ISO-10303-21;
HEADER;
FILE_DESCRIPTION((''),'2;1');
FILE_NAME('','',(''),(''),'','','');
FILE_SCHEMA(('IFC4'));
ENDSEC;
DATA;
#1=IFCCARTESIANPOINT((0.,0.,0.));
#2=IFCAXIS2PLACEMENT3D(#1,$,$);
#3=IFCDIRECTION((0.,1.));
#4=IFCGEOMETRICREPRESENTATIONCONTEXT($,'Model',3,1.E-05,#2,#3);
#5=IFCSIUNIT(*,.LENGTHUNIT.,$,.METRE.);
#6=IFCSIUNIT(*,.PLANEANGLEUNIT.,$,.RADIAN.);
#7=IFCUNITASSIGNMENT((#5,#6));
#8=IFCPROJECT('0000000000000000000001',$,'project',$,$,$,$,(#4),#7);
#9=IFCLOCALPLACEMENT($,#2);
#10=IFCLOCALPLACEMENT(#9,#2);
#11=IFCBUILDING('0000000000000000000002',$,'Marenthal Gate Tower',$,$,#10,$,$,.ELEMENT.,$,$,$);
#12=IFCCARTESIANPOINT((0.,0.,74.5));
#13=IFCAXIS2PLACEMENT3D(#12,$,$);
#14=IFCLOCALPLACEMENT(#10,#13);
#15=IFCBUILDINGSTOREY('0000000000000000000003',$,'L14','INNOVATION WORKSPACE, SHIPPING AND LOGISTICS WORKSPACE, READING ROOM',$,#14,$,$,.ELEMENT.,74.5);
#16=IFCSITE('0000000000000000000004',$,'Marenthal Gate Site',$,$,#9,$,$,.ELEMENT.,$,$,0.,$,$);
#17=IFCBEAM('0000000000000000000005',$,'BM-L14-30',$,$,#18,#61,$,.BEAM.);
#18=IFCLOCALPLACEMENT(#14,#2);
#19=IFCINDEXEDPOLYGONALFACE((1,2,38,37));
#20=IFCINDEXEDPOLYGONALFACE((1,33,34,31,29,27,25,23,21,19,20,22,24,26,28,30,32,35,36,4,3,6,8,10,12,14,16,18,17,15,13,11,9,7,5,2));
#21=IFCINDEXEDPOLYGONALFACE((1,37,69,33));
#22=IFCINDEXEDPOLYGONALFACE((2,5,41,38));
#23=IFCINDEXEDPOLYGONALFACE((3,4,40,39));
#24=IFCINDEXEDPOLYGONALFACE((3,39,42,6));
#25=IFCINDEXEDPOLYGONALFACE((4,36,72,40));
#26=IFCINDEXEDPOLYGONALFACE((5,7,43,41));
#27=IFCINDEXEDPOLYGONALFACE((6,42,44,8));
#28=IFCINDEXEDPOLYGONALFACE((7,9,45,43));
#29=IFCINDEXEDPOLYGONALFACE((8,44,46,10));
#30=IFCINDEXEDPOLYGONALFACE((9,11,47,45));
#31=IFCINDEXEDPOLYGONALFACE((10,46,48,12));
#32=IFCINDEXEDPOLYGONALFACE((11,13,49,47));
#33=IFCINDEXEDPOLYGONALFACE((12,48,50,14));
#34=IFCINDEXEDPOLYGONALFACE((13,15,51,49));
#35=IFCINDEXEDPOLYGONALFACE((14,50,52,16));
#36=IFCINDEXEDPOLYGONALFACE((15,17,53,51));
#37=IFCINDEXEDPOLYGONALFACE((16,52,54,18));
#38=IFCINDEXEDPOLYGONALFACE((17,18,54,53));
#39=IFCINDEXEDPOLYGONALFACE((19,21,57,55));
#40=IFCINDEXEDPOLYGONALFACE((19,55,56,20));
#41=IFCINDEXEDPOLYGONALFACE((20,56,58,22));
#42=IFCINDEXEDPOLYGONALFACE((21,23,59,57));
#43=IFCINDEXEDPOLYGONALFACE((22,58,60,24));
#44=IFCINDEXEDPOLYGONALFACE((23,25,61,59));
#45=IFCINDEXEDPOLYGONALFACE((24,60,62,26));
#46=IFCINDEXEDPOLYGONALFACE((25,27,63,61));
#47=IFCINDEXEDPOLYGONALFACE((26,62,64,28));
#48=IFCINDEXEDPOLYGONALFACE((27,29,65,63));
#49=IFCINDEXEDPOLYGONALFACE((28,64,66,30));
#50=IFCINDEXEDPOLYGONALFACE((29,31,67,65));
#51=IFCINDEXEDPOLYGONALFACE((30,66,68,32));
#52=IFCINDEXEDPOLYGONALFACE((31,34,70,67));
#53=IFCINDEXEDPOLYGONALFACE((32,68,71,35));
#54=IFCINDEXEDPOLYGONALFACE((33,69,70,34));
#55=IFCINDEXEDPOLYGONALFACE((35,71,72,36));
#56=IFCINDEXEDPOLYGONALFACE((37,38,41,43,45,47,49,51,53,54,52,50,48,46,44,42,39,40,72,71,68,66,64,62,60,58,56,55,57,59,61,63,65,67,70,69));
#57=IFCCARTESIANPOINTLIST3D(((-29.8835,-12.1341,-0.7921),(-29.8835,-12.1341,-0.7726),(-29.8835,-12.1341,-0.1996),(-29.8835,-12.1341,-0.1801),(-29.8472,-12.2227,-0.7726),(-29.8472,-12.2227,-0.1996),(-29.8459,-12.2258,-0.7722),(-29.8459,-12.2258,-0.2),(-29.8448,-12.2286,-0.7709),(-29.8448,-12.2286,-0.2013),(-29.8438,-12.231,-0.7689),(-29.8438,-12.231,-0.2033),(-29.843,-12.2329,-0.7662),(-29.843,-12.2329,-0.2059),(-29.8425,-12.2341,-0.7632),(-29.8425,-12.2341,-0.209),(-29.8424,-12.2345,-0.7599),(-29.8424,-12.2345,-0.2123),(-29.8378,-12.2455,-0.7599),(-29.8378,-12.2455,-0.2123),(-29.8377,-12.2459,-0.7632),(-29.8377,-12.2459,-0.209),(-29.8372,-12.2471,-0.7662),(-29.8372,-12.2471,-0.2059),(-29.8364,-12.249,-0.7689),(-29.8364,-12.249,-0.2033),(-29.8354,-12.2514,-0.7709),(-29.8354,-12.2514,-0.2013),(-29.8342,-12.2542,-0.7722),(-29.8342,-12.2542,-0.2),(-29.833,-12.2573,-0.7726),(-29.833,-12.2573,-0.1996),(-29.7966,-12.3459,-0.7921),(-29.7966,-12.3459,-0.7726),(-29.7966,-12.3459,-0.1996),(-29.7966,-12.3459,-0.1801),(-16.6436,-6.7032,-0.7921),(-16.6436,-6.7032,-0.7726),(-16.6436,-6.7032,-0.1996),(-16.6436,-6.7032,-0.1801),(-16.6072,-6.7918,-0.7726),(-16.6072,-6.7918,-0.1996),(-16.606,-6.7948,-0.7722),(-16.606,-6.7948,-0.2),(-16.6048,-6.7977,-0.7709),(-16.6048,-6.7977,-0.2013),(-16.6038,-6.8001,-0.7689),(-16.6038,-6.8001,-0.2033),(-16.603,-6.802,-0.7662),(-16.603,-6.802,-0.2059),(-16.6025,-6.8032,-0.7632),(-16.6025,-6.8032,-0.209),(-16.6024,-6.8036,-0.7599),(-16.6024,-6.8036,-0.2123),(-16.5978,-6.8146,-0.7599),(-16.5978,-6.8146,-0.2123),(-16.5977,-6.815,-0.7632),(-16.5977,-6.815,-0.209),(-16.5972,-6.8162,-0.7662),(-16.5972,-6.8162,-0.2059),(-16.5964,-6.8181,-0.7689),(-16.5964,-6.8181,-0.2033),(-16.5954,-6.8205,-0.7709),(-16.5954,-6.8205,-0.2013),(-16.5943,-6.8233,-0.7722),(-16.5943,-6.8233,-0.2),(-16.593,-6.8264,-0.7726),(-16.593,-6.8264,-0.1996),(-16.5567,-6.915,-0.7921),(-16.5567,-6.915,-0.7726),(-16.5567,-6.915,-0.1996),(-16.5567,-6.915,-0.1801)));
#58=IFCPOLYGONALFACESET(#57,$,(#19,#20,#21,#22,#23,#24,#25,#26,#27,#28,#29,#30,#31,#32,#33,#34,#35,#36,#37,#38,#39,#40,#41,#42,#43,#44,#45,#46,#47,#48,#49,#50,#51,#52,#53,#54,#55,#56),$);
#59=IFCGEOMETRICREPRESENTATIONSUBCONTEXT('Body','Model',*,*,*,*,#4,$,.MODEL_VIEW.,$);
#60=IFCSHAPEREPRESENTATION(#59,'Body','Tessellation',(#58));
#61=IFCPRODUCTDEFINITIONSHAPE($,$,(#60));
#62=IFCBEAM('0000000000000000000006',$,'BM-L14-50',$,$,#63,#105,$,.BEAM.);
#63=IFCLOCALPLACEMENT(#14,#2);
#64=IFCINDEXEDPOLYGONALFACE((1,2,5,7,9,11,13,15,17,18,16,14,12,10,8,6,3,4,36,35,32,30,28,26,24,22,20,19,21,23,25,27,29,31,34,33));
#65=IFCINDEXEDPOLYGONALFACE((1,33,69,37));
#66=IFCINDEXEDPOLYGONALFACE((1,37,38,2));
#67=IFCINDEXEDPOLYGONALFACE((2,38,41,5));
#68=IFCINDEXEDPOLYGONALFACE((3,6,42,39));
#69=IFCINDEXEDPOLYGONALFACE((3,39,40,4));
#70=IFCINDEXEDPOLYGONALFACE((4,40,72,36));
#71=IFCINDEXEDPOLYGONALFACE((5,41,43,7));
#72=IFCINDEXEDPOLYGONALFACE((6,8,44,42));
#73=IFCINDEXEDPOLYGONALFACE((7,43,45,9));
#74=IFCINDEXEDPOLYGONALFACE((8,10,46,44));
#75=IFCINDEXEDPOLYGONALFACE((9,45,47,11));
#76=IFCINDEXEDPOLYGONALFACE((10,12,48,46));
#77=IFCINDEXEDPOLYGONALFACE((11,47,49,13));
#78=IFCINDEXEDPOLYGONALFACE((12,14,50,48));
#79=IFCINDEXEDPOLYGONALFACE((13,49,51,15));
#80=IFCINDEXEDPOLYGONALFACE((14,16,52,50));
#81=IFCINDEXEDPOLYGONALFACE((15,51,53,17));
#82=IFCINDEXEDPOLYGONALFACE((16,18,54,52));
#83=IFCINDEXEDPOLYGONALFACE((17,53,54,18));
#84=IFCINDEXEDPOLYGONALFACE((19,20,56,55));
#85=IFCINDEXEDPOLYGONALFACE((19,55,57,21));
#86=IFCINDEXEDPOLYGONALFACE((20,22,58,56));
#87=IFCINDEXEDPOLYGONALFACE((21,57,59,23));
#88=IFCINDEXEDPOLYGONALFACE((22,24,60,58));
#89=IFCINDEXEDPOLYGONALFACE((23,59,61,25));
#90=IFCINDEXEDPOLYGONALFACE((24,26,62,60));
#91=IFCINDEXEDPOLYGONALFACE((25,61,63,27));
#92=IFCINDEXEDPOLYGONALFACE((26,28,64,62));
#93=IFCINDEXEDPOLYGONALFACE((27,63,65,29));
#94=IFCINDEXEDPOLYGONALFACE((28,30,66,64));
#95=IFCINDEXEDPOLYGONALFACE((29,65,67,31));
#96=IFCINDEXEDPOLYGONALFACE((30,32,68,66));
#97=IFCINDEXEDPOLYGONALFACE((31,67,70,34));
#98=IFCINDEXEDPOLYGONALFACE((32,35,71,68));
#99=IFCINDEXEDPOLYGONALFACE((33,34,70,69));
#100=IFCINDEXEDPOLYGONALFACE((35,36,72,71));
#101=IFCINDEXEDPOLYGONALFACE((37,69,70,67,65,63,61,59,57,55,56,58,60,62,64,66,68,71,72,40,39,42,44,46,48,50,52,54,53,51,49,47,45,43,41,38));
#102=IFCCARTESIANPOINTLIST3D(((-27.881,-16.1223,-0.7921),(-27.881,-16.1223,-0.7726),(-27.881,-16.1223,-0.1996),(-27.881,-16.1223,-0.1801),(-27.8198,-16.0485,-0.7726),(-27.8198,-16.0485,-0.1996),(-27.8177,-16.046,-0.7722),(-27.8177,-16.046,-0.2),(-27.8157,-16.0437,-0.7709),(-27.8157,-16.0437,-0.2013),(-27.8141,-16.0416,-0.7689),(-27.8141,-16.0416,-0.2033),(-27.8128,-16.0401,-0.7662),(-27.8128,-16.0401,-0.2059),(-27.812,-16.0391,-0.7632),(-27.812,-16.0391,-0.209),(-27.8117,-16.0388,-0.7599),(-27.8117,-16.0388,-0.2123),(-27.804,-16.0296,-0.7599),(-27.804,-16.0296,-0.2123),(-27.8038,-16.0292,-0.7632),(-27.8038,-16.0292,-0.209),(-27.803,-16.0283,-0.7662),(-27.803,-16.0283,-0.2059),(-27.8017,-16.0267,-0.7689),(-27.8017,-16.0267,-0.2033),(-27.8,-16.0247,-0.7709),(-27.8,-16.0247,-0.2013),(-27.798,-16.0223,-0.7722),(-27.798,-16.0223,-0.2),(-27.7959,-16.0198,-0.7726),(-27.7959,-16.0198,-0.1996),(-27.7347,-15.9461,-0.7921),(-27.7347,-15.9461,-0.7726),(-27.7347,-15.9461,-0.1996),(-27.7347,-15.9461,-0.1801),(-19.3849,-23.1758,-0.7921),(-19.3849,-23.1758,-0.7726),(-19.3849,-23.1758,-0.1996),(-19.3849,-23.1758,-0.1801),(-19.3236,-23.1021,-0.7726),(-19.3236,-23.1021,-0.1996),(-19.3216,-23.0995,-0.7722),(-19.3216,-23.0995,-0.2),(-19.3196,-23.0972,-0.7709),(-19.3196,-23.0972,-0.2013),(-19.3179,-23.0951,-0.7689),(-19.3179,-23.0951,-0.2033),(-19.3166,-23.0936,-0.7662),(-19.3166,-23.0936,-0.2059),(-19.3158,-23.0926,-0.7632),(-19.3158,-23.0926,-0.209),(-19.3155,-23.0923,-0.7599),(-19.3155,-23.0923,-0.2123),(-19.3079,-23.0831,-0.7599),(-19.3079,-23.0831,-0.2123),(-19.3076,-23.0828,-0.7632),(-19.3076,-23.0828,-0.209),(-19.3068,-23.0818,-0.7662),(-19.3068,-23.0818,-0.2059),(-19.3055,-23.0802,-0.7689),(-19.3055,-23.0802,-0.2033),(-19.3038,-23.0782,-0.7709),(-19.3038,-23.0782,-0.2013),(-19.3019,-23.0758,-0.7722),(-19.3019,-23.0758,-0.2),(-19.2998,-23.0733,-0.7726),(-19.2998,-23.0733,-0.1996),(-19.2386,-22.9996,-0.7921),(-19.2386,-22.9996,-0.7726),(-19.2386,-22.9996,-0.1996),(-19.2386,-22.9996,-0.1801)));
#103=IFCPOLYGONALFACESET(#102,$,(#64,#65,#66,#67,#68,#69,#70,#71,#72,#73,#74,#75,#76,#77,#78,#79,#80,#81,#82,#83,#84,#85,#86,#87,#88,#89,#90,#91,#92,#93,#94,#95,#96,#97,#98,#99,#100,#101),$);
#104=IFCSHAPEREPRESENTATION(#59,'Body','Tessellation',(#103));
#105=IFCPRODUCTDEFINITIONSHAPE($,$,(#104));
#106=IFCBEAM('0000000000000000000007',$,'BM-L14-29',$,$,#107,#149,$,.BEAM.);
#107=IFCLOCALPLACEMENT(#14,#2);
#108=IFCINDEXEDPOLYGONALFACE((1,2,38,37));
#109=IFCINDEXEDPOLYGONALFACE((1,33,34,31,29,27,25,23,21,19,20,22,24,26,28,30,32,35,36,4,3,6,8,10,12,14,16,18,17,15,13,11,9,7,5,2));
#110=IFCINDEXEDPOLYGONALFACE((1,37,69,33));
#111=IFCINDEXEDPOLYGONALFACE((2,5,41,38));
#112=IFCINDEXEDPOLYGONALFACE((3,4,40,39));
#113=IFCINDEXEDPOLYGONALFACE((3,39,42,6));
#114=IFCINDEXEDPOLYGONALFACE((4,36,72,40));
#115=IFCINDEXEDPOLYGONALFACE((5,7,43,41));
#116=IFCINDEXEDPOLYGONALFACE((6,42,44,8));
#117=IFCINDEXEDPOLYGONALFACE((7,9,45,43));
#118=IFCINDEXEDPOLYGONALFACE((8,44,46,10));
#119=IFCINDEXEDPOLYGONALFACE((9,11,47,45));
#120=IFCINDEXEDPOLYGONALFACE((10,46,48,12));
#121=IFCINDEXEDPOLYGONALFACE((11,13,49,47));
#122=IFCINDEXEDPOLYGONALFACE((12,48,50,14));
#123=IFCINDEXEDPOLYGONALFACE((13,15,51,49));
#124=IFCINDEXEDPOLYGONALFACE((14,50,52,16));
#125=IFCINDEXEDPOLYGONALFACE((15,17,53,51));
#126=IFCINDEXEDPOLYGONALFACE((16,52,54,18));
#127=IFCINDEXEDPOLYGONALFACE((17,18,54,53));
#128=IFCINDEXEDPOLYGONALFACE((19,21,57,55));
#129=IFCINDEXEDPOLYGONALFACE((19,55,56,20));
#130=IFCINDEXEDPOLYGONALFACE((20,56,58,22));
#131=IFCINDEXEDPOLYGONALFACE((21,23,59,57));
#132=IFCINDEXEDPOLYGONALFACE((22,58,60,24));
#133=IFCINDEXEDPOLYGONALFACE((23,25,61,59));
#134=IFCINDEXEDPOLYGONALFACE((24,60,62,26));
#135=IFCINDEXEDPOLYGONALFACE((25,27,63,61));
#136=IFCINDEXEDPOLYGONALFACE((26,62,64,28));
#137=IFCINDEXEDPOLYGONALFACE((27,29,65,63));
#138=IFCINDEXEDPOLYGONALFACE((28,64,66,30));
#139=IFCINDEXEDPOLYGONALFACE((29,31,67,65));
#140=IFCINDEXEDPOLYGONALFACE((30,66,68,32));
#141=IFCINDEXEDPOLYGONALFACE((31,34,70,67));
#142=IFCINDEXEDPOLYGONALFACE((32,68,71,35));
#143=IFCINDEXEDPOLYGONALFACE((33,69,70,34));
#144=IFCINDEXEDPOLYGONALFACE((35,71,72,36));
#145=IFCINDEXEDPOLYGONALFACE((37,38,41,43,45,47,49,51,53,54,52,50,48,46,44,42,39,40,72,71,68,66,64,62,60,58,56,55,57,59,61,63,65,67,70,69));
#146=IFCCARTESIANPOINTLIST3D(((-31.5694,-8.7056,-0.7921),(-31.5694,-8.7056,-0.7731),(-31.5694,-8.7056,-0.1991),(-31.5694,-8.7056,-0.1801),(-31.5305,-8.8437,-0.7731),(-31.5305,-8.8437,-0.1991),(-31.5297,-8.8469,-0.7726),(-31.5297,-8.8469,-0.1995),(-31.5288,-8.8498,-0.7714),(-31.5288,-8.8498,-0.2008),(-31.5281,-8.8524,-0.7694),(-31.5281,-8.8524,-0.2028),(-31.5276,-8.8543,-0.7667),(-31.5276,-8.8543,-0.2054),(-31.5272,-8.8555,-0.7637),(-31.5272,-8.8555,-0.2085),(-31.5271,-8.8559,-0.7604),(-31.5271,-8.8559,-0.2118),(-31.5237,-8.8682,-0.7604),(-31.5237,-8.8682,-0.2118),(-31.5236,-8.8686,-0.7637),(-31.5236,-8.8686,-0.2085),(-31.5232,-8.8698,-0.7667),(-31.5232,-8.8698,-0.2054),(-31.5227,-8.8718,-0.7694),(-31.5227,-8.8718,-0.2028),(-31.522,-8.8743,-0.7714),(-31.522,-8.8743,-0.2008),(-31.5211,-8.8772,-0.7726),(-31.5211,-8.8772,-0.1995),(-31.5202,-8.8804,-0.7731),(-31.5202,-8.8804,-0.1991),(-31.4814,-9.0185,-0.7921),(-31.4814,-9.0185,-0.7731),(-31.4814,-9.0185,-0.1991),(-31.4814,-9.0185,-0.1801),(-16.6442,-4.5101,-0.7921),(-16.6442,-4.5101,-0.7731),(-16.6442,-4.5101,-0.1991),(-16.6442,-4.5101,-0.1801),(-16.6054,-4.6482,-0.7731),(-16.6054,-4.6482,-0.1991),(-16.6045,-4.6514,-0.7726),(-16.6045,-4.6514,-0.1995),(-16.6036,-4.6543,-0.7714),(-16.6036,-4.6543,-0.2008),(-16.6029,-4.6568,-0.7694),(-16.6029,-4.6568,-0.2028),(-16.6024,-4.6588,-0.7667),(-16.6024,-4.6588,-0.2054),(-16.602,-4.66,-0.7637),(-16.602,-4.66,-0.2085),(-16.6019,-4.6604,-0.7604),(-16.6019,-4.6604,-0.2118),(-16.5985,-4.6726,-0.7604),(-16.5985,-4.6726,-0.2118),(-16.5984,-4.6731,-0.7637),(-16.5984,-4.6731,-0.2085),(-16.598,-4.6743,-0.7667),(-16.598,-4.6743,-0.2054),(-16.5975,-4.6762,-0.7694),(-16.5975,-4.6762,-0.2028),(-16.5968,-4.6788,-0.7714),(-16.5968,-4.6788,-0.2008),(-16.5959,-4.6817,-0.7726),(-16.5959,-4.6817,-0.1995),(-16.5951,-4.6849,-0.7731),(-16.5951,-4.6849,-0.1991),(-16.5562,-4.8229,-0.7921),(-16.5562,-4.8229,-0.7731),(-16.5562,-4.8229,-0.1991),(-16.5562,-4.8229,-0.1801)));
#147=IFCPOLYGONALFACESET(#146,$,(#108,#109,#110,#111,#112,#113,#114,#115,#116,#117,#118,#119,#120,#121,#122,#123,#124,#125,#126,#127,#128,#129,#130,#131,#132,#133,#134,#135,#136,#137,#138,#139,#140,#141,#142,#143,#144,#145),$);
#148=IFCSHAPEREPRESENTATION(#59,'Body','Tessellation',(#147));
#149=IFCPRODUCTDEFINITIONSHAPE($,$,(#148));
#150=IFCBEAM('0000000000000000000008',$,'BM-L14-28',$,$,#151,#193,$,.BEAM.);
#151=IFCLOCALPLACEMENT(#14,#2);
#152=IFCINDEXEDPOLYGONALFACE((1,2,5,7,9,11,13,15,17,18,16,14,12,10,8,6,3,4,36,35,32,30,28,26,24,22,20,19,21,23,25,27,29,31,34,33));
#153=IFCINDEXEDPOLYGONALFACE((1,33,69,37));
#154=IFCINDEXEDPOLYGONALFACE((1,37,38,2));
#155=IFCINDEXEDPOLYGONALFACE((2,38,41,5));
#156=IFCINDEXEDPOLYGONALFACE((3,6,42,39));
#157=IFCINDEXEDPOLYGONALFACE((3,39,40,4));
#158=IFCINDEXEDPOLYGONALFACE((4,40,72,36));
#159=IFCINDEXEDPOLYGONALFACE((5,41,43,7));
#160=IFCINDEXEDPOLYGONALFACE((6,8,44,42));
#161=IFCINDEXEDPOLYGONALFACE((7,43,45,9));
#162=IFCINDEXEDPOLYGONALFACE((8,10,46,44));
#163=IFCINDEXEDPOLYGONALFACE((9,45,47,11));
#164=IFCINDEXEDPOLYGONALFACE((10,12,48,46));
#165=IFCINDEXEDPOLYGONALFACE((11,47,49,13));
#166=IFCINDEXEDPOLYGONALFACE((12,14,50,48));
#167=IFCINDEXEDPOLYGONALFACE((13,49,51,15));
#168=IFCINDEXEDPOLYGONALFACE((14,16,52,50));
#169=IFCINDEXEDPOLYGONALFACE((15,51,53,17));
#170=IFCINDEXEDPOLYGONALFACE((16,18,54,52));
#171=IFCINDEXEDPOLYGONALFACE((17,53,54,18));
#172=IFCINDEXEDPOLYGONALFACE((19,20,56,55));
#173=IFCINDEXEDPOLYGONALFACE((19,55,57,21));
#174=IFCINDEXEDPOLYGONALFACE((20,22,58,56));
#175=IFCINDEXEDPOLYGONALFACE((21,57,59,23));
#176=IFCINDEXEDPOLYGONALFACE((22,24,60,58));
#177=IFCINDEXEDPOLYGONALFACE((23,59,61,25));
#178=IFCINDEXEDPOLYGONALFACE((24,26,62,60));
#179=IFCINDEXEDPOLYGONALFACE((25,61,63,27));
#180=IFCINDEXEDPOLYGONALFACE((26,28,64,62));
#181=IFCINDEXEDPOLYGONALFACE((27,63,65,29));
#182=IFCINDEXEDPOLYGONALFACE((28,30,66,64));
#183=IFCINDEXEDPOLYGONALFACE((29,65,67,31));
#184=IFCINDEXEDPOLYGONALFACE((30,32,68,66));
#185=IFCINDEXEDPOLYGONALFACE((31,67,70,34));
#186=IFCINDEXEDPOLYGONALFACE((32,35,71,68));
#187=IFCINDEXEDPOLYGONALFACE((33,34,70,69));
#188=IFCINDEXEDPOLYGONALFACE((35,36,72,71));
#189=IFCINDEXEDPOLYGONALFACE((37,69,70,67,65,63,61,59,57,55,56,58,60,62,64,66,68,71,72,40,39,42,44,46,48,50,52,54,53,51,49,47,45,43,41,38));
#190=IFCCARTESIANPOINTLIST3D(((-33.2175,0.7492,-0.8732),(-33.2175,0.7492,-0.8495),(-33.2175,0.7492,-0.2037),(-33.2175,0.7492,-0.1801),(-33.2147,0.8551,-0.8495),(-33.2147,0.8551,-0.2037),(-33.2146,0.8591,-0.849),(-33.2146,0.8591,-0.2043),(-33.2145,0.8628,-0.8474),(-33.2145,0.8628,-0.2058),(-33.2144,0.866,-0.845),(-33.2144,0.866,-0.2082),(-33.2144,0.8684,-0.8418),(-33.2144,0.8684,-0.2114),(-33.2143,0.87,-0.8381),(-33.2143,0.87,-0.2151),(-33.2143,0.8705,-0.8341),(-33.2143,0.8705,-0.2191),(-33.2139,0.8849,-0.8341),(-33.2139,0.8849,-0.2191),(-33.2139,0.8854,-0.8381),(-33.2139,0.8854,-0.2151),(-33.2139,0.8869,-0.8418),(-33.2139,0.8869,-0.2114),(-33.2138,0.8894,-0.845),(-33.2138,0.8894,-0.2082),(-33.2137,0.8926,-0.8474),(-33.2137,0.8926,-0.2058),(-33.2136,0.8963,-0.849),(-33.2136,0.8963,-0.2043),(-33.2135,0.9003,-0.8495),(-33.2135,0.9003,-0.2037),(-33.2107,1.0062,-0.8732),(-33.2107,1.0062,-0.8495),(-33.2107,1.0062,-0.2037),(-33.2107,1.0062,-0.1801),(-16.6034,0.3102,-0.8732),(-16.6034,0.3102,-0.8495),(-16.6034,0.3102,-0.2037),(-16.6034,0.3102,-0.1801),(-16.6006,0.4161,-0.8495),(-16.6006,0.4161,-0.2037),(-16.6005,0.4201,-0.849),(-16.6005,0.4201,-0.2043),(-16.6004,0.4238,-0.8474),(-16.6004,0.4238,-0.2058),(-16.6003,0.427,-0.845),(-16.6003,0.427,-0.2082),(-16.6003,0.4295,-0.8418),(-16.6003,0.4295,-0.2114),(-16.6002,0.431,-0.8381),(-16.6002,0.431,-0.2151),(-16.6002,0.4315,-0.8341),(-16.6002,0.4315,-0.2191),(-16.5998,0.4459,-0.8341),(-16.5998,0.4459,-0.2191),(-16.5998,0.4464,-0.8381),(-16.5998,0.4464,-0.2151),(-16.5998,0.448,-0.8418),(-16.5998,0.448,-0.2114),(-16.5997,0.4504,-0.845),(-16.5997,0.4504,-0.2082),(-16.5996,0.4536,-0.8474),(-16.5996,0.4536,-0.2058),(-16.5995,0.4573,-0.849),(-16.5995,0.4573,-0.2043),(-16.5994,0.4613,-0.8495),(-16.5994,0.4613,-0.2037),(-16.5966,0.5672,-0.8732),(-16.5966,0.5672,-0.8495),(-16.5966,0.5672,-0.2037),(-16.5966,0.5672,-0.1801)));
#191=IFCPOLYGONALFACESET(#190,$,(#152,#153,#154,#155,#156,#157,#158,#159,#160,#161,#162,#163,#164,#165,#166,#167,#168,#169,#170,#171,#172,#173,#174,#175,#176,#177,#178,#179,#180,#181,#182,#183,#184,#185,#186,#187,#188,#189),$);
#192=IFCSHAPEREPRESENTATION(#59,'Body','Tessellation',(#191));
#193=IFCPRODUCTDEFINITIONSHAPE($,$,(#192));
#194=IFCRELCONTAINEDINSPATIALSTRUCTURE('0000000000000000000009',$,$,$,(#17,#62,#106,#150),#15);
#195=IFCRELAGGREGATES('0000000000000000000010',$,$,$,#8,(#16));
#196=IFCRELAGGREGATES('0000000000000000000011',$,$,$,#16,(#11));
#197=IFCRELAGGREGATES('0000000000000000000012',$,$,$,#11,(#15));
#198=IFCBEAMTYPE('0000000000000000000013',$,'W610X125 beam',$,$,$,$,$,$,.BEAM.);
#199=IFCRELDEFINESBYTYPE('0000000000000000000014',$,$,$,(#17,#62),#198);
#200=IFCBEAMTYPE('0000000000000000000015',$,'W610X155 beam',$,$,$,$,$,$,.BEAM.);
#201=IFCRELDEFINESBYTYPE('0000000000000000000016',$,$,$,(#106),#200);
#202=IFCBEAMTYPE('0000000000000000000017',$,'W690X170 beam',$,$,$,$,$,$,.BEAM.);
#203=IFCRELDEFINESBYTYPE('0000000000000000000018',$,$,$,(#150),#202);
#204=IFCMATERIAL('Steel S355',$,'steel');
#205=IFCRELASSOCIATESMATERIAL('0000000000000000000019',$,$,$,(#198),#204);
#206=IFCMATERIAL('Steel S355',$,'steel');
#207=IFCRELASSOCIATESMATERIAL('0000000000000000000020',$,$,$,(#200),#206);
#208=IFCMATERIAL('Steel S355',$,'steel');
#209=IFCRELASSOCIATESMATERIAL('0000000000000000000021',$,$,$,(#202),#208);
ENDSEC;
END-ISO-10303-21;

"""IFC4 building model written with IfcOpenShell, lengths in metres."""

from ifc_helpers import new_model, si_unit, direction, frame, origin, origin_2d, place, context, subcontext, project, spatial, i_section, extrude, material, material_profile, profile_set, type_object, element, save


model = new_model("IFC4")

# Units and contexts
model_context = context("Model", 3, precision=1e-05, world=origin(), true_north=direction((0.0, 1.0)))
body_context = subcontext(model_context, "Body", "Model", "MODEL_VIEW")
ifc_project = project(units=[si_unit("LENGTHUNIT", "METRE"), si_unit("PLANEANGLEUNIT", "RADIAN")], contexts=[model_context])

# Site, building, storey
site_placement = place(None, origin())
site = spatial("IfcSite", under=ifc_project, at=site_placement, Name="Marenthal Gate Site", CompositionType="ELEMENT", RefElevation=0.0)
building_placement = place(site_placement, origin())
building = spatial("IfcBuilding", under=site, at=building_placement, Name="Marenthal Gate Tower", CompositionType="ELEMENT")
storey_placement = place(building_placement, frame((0.0, 0.0, 74.5)))
storey = spatial("IfcBuildingStorey", under=building, at=storey_placement, Name="L14", Description="INNOVATION WORKSPACE, SHIPPING AND LOGISTICS WORKSPACE, READING ROOM", CompositionType="ELEMENT", Elevation=74.5)

# Beams
ifc_material_1 = material(Name="Steel S355", Category="steel")
ifc_material_profile_1 = material_profile(ifc_material_1, i_section(OverallWidth=0.229, OverallDepth=0.6121, WebThickness=0.012, FlangeThickness=0.0195, FilletRadius=0.0127, at=origin_2d()), Name="W610X125")
ifc_profile_set_1 = profile_set([ifc_material_profile_1], Name="Steel S355")
beam_type_1 = type_object("IfcBeamType", Name="W610X125 beam", PredefinedType="BEAM", material=ifc_profile_set_1)
beam_1_placement = place(storey_placement, frame((-29.8401, -12.24, -0.4861), z_axis=(0.92519, 0.379504, 0.0), x_axis=(-0.379504, 0.92519, 0.0)))
element("IfcBeam", 1, at=beam_1_placement, inside=storey, type_object=beam_type_1, Name="BM-L14-30", PredefinedType="BEAM", context=body_context, shape_type="SweptSolid", body=[
    extrude(i_section(OverallWidth=0.229, OverallDepth=0.6121, WebThickness=0.012, FlangeThickness=0.0195, FilletRadius=0.0127, at=origin_2d()), origin(), (0.0, 0.0, 1.0), 14.3105),
])
beam_2_placement = place(storey_placement, frame((-27.8079, -16.0342, -0.4861), z_axis=(0.769405, -0.638761, 0.0), x_axis=(0.638761, 0.769405, 0.0)))
element("IfcBeam", 2, at=beam_2_placement, inside=storey, type_object=beam_type_1, Name="BM-L14-50", PredefinedType="BEAM", context=body_context, shape_type="SweptSolid", body=[
    extrude(i_section(OverallWidth=0.229, OverallDepth=0.6121, WebThickness=0.012, FlangeThickness=0.0195, FilletRadius=0.0127, at=origin_2d()), origin(), (0.0, 0.0, 1.0), 11.0425),
])
ifc_material_2 = material(Name="Steel S355", Category="steel")
ifc_material_profile_2 = material_profile(ifc_material_2, i_section(OverallWidth=0.325, OverallDepth=0.6121, WebThickness=0.0127, FlangeThickness=0.019, FilletRadius=0.0127, at=origin_2d()), Name="W610X155")
ifc_profile_set_2 = profile_set([ifc_material_profile_2], Name="Steel S355")
beam_type_2 = type_object("IfcBeamType", Name="W610X155 beam", PredefinedType="BEAM", material=ifc_profile_set_2)
beam_3_placement = place(storey_placement, frame((-31.5254, -8.8621, -0.4861), z_axis=(0.962688, 0.270615, 0.0), x_axis=(-0.270615, 0.962688, 0.0)))
element("IfcBeam", 3, at=beam_3_placement, inside=storey, type_object=beam_type_2, Name="BM-L14-29", PredefinedType="BEAM", context=body_context, shape_type="SweptSolid", body=[
    extrude(i_section(OverallWidth=0.325, OverallDepth=0.6121, WebThickness=0.0127, FlangeThickness=0.019, FilletRadius=0.0127, at=origin_2d()), origin(), (0.0, 0.0, 1.0), 15.5037),
])
ifc_material_3 = material(Name="Steel S355", Category="steel")
ifc_material_profile_3 = material_profile(ifc_material_3, i_section(OverallWidth=0.2571, OverallDepth=0.6931, WebThickness=0.0144, FlangeThickness=0.0237, FilletRadius=0.0154, at=origin_2d()), Name="W690X170")
ifc_profile_set_3 = profile_set([ifc_material_profile_3], Name="Steel S355")
beam_type_3 = type_object("IfcBeamType", Name="W690X170 beam", PredefinedType="BEAM", material=ifc_profile_set_3)
beam_4_placement = place(storey_placement, frame((-33.2141, 0.8777, -0.5266), z_axis=(0.999651, -0.026412, 0.0), x_axis=(0.026412, 0.999651, 0.0)))
element("IfcBeam", 4, at=beam_4_placement, inside=storey, type_object=beam_type_3, Name="BM-L14-28", PredefinedType="BEAM", context=body_context, shape_type="SweptSolid", body=[
    extrude(i_section(OverallWidth=0.2571, OverallDepth=0.6931, WebThickness=0.0144, FlangeThickness=0.0237, FilletRadius=0.0154, at=origin_2d()), origin(), (0.0, 0.0, 1.0), 16.6199),
])

save(model, "model.ifc")
